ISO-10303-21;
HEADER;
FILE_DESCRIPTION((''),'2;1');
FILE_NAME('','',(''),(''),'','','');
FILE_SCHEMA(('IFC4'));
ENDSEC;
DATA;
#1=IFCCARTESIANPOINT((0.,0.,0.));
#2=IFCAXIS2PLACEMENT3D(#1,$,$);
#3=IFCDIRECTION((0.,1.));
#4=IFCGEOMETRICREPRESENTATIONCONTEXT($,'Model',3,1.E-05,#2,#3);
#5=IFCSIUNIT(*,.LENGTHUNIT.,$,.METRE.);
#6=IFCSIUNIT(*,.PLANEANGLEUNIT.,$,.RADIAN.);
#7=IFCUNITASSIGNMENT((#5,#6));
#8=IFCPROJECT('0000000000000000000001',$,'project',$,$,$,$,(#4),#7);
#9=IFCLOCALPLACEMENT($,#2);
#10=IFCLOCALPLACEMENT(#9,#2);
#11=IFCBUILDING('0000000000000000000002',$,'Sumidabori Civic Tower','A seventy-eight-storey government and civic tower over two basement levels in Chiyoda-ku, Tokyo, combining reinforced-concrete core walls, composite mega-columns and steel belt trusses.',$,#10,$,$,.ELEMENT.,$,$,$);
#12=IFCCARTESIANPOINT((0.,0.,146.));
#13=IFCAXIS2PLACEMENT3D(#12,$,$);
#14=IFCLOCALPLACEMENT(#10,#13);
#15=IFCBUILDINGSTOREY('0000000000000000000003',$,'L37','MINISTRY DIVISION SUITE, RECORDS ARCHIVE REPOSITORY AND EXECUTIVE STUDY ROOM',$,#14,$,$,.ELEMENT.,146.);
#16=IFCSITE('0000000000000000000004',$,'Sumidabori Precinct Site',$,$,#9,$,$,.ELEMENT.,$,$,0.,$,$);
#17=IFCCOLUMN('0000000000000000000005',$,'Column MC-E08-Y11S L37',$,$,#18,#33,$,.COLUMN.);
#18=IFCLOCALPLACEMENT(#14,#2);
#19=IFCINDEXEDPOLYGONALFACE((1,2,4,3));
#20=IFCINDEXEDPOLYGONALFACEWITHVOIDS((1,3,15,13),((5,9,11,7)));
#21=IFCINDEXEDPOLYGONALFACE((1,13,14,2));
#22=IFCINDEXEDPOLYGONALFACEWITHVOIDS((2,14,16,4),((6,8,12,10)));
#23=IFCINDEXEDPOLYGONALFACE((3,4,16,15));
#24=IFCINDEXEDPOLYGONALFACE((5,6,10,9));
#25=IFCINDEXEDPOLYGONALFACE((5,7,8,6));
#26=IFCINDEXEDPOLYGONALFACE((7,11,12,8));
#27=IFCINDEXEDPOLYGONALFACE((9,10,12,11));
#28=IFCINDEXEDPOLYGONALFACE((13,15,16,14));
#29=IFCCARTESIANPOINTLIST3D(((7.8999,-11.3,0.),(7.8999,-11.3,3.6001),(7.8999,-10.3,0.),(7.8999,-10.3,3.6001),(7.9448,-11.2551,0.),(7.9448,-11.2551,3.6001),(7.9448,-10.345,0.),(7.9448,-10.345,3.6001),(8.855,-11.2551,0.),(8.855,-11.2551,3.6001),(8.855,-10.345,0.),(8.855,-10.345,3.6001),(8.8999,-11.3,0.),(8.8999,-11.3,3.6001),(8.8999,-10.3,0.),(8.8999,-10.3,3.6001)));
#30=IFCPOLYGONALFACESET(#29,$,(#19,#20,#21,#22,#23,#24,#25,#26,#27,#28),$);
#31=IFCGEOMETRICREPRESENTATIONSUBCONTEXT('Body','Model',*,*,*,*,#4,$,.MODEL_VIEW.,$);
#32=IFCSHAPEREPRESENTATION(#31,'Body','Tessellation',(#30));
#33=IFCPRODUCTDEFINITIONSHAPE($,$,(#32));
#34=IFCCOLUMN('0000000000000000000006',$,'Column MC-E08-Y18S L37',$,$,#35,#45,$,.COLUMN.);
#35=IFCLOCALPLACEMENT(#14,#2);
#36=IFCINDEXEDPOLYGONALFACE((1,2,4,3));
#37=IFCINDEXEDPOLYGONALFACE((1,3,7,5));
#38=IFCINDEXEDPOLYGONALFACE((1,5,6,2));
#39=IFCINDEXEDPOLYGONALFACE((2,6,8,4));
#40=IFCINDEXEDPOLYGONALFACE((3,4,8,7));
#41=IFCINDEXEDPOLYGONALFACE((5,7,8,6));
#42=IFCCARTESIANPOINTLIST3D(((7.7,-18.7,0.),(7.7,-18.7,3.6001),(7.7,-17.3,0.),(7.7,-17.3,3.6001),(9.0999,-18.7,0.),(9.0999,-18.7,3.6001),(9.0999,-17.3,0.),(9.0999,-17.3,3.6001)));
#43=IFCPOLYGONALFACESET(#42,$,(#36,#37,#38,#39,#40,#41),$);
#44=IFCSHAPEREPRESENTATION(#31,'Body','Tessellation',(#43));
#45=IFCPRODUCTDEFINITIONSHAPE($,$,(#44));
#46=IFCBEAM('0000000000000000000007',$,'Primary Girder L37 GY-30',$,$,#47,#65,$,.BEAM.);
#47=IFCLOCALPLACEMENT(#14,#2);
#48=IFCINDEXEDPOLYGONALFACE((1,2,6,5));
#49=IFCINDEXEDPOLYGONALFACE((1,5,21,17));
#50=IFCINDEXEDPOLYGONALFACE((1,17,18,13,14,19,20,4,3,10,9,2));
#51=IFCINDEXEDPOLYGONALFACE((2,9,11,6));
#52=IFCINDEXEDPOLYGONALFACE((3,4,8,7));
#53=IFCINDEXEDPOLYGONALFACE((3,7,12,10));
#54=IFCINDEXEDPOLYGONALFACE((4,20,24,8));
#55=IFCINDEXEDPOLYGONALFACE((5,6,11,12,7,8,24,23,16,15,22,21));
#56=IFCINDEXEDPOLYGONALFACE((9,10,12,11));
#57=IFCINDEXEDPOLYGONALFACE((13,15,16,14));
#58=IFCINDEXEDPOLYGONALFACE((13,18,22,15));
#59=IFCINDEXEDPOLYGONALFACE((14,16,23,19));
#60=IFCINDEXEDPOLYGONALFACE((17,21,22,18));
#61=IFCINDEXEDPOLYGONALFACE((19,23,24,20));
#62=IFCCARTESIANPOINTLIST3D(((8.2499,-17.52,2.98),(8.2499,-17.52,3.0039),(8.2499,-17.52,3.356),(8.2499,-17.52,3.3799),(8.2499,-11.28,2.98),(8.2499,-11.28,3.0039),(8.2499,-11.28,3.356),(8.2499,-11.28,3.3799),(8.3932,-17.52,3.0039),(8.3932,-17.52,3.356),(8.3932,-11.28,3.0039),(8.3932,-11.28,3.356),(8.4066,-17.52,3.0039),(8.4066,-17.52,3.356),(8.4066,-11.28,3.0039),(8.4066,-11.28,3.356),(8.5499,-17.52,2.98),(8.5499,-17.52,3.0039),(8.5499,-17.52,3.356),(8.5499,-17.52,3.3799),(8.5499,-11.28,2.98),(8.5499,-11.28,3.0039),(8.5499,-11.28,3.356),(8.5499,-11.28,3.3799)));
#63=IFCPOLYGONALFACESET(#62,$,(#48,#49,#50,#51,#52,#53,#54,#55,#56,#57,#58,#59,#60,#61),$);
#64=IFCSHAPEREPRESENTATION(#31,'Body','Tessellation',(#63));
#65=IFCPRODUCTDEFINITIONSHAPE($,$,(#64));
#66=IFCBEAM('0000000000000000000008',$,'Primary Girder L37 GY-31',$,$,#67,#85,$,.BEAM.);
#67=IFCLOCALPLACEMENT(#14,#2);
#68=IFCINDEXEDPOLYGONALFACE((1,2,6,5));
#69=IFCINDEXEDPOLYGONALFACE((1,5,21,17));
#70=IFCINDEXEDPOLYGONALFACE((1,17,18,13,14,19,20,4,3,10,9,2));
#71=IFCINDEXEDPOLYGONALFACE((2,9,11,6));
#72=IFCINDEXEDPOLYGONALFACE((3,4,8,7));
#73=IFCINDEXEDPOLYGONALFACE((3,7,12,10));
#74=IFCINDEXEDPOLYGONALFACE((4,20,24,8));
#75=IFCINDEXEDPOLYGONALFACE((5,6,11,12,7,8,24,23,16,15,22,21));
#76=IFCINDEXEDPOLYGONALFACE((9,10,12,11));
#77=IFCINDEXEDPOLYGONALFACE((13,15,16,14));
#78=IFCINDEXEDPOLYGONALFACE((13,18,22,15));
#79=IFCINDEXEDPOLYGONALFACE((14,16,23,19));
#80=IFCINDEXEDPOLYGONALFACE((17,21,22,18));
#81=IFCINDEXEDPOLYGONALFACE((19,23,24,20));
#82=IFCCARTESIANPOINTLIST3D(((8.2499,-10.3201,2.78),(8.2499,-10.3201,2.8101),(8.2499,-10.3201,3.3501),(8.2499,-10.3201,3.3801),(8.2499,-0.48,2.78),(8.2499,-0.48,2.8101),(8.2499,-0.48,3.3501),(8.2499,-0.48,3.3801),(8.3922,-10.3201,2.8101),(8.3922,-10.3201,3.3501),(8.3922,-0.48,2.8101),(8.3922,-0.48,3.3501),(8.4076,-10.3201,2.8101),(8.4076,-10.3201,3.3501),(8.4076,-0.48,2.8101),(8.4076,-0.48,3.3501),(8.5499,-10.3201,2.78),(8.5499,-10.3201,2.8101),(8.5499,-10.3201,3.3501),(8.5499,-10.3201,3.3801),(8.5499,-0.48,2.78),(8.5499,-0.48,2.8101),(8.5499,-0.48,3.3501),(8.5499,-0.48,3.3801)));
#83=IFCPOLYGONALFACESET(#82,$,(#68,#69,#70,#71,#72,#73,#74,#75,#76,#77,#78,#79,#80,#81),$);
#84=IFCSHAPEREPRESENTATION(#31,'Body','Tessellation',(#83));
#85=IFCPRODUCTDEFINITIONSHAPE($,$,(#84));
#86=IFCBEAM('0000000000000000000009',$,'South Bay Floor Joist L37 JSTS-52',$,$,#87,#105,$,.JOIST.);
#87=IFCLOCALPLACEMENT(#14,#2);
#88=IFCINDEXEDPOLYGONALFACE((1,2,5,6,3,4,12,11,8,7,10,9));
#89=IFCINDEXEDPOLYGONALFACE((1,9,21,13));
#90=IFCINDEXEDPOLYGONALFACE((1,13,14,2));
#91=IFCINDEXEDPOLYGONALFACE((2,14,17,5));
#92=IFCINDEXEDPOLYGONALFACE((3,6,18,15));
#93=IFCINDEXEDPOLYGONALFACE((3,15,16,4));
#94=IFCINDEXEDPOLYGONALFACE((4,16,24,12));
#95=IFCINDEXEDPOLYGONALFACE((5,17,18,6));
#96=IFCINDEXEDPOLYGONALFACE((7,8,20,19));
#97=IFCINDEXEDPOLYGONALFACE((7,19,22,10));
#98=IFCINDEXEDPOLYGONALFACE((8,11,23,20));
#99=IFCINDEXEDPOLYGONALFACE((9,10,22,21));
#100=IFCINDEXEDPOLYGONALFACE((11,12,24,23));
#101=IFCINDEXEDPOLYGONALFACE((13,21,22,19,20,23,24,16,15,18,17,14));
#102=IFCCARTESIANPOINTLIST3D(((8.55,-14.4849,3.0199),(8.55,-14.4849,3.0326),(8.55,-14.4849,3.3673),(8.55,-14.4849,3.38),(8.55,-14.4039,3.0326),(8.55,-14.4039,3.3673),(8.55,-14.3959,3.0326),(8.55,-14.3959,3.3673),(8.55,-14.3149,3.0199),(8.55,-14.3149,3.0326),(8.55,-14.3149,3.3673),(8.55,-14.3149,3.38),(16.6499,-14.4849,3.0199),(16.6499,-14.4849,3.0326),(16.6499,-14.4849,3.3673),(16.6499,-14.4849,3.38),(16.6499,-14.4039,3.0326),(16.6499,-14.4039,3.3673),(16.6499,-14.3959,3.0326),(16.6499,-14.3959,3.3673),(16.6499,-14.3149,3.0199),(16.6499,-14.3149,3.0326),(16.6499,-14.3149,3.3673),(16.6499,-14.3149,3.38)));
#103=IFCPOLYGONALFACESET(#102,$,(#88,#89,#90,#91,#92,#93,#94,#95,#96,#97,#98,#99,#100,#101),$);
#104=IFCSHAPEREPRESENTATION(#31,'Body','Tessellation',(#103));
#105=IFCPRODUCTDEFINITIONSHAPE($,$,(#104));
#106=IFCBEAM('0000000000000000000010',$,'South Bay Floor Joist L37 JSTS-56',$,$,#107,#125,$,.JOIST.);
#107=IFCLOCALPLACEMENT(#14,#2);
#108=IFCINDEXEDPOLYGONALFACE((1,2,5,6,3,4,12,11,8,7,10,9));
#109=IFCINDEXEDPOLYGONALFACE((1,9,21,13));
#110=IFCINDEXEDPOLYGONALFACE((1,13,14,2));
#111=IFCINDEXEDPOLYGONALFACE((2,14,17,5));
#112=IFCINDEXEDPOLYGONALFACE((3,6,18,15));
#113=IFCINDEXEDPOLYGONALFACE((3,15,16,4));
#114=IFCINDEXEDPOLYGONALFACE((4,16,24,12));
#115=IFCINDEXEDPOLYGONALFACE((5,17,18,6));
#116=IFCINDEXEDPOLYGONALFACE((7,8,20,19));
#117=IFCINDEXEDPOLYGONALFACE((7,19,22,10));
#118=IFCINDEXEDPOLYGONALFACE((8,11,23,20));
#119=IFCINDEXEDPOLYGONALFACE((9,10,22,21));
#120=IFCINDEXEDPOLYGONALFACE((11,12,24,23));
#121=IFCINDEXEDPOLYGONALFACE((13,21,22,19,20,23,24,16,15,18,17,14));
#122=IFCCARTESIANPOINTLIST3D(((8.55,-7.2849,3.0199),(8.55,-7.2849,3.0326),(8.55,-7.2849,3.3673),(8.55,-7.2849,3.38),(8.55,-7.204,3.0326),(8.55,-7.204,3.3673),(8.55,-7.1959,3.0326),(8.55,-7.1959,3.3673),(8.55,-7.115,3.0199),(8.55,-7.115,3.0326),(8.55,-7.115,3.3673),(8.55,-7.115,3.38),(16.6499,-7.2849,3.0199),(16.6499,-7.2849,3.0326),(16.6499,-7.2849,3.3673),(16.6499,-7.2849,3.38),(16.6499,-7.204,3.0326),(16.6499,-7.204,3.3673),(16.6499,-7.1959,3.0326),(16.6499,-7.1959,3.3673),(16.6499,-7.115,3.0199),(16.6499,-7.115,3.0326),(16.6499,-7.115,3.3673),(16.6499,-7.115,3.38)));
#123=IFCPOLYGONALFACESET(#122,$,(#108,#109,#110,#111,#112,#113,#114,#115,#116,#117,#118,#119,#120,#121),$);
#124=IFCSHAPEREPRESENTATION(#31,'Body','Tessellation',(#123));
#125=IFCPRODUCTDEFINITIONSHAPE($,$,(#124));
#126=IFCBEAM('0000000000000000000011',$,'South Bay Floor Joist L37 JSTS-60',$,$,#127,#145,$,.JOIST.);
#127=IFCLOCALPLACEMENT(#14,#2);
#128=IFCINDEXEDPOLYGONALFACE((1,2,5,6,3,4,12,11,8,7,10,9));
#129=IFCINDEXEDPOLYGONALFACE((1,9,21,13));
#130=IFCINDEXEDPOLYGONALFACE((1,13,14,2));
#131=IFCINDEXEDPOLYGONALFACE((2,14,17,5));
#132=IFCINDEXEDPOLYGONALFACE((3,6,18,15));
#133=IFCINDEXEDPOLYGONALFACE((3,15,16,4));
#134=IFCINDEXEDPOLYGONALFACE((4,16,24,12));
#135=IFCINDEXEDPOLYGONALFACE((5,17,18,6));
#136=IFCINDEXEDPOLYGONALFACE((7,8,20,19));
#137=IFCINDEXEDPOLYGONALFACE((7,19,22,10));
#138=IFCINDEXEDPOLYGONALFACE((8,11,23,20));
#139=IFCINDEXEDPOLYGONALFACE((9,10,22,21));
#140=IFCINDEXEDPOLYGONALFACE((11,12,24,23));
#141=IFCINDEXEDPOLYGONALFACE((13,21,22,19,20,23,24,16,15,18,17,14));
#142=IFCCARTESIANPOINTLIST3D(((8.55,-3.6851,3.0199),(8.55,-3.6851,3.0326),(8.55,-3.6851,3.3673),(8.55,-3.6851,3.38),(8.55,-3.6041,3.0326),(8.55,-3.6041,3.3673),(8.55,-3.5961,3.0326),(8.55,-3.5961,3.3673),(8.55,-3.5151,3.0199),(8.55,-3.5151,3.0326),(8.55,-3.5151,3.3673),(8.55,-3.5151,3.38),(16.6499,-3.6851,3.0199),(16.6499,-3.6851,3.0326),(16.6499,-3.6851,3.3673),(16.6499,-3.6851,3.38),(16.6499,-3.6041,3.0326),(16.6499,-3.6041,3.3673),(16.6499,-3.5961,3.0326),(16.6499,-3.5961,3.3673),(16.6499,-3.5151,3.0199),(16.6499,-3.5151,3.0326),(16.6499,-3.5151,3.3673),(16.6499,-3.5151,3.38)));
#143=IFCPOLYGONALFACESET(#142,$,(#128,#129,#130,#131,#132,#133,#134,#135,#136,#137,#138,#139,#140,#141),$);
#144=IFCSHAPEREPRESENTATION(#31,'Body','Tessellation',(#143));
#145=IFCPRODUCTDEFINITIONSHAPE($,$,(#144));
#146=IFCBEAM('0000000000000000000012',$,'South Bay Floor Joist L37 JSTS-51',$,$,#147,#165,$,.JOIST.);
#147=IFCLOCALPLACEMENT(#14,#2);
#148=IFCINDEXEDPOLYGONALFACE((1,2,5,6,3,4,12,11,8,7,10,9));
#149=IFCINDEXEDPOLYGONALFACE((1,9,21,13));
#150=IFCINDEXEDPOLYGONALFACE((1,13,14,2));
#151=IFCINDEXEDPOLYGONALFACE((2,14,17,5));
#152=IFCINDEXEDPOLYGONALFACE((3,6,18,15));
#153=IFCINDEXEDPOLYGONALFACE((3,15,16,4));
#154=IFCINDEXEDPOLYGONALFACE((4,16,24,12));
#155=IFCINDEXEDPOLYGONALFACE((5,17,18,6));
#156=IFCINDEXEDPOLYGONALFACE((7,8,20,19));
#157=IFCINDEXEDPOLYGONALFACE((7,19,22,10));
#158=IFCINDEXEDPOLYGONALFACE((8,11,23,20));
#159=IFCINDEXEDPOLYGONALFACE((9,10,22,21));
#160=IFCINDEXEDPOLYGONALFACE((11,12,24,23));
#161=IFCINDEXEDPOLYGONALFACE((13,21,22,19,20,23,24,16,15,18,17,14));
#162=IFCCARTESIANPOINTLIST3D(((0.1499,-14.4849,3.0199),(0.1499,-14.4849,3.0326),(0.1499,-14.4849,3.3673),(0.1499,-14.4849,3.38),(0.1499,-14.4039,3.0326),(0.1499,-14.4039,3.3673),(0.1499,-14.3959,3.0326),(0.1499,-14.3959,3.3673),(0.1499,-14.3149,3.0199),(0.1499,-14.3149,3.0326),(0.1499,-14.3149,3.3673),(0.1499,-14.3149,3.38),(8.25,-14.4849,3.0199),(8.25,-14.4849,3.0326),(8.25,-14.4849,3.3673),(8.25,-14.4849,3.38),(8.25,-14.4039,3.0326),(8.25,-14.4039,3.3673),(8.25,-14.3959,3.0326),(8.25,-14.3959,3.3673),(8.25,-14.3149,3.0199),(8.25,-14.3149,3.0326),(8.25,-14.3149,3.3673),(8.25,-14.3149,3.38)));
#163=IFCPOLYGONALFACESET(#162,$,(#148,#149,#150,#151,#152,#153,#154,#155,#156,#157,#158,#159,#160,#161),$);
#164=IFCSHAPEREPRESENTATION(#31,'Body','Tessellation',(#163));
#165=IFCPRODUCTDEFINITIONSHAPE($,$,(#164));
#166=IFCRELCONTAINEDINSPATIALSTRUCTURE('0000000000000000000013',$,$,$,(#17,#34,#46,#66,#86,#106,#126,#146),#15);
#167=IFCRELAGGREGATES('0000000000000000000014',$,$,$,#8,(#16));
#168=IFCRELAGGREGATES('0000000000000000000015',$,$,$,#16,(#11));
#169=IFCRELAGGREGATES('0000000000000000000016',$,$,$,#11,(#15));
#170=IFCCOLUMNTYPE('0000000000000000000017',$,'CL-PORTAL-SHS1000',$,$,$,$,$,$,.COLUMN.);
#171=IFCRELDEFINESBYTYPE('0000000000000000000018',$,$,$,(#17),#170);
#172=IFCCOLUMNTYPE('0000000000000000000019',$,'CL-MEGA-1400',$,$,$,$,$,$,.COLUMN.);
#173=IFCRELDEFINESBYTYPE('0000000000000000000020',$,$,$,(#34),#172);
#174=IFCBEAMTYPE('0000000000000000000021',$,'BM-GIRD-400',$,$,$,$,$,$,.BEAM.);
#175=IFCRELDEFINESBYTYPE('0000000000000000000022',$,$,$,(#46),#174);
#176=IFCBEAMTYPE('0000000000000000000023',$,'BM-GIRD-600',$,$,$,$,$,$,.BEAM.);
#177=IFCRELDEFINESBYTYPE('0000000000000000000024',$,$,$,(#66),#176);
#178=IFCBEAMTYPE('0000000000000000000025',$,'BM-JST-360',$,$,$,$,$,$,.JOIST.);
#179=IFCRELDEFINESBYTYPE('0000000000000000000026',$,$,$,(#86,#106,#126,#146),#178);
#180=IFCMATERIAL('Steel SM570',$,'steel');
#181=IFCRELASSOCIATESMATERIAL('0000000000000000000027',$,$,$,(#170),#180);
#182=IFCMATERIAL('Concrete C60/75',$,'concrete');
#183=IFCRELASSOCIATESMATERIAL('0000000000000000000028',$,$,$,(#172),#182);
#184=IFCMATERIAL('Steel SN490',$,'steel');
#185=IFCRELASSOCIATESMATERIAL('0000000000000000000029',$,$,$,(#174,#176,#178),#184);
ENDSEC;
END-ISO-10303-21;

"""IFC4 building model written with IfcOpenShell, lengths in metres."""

from ifc_helpers import new_model, si_unit, direction, frame, origin, origin_2d, place, context, subcontext, project, spatial, rectangle, hollow_rectangle, i_section, extrude, source, transform, mapped, material, material_profile, profile_set, type_object, element, save


model = new_model("IFC4")

# Units and contexts
model_context = context("Model", 3, precision=1e-05, world=origin(), true_north=direction((0.0, 1.0)))
body_context = subcontext(model_context, "Body", "Model", "MODEL_VIEW")
ifc_project = project(units=[si_unit("LENGTHUNIT", "METRE"), si_unit("PLANEANGLEUNIT", "RADIAN")], contexts=[model_context])

# Site, building, storey
site_placement = place(None, origin())
site = spatial("IfcSite", under=ifc_project, at=site_placement, Name="Sumidabori Precinct Site", CompositionType="ELEMENT", RefElevation=0.0)
building_placement = place(site_placement, origin())
building = spatial("IfcBuilding", under=site, at=building_placement, Name="Sumidabori Civic Tower", Description="A seventy-eight-storey government and civic tower over two basement levels in Chiyoda-ku, Tokyo, combining reinforced-concrete core walls, composite mega-columns and steel belt trusses.", CompositionType="ELEMENT")
storey_placement = place(building_placement, frame((0.0, 0.0, 146.0)))
storey = spatial("IfcBuildingStorey", under=building, at=storey_placement, Name="L37", Description="MINISTRY DIVISION SUITE, RECORDS ARCHIVE REPOSITORY AND EXECUTIVE STUDY ROOM", CompositionType="ELEMENT", Elevation=146.0)

# Columns
ifc_material_1 = material(Name="Steel SM570", Category="steel")
ifc_material_profile_1 = material_profile(ifc_material_1, hollow_rectangle(XDim=1.0, YDim=1.0, WallThickness=0.0449, at=origin_2d()), Name="SHS 1000x1000x45")
ifc_profile_set_1 = profile_set([ifc_material_profile_1], Name="Steel SM570")
column_type_1 = type_object("IfcColumnType", Name="CL-PORTAL-SHS1000", PredefinedType="COLUMN", material=ifc_profile_set_1)
shared_shape_1 = source(origin(), body_context, "Body", "SweptSolid", [
    extrude(hollow_rectangle(XDim=1.0, YDim=1.0, WallThickness=0.0449, at=origin_2d()), origin(), (0.0, 0.0, 1.0), 3.6001),
])
column_1_placement = place(storey_placement, frame((8.3999, -10.8, 0.0), z_axis=(0.0, 0.0, 1.0), x_axis=(1.0, 0.0, 0.0)))
element("IfcColumn", 1, at=column_1_placement, inside=storey, type_object=column_type_1, Name="Column MC-E08-Y11S L37", PredefinedType="COLUMN", context=body_context, shape_type="MappedRepresentation", body=[
    mapped(shared_shape_1, transform((0.0, 0.0, 0.0), x_axis=(1.0, 0.0, 0.0), y_axis=(0.0, 1.0, 0.0), z_axis=(0.0, 0.0, 1.0), scale=1.0)),
])
ifc_material_2 = material(Name="Concrete C60/75", Category="concrete")
ifc_material_profile_2 = material_profile(ifc_material_2, rectangle(XDim=1.3999, YDim=1.3999, at=origin_2d()), Name="RC 1400x1400")
ifc_profile_set_2 = profile_set([ifc_material_profile_2], Name="Concrete C60/75")
column_type_2 = type_object("IfcColumnType", Name="CL-MEGA-1400", PredefinedType="COLUMN", material=ifc_profile_set_2)
shared_shape_2 = source(origin(), body_context, "Body", "SweptSolid", [
    extrude(rectangle(XDim=1.3999, YDim=1.3999, at=origin_2d()), origin(), (0.0, 0.0, 1.0), 3.6001),
])
column_2_placement = place(storey_placement, frame((8.3999, -18.0, 0.0), z_axis=(0.0, 0.0, 1.0), x_axis=(1.0, 0.0, 0.0)))
element("IfcColumn", 2, at=column_2_placement, inside=storey, type_object=column_type_2, Name="Column MC-E08-Y18S L37", PredefinedType="COLUMN", context=body_context, shape_type="MappedRepresentation", body=[
    mapped(shared_shape_2, transform((0.0, 0.0, 0.0), x_axis=(1.0, 0.0, 0.0), y_axis=(0.0, 1.0, 0.0), z_axis=(0.0, 0.0, 1.0), scale=1.0)),
])

# Beams
ifc_material_3 = material(Name="Steel SN490", Category="steel")
ifc_material_profile_3 = material_profile(ifc_material_3, i_section(OverallWidth=0.3, OverallDepth=0.3999, WebThickness=0.0134, FlangeThickness=0.0239, at=origin_2d()), Name="HE 400 B")
ifc_profile_set_3 = profile_set([ifc_material_profile_3], Name="Steel SN490")
beam_type_1 = type_object("IfcBeamType", Name="BM-GIRD-400", PredefinedType="BEAM", material=ifc_profile_set_3)
shared_shape_3 = source(origin(), body_context, "Body", "SweptSolid", [
    extrude(i_section(OverallWidth=0.3, OverallDepth=0.3999, WebThickness=0.0134, FlangeThickness=0.0239, at=origin_2d()), origin(), (0.0, 0.0, 1.0), 6.24),
])
beam_1_placement = place(storey_placement, frame((8.3999, -17.52, 3.1799), z_axis=(0.0, 1.0, 0.0), x_axis=(-1.0, 0.0, 0.0)))
element("IfcBeam", 3, at=beam_1_placement, inside=storey, type_object=beam_type_1, Name="Primary Girder L37 GY-30", PredefinedType="BEAM", context=body_context, shape_type="MappedRepresentation", body=[
    mapped(shared_shape_3, transform((0.0, 0.0, 0.0), x_axis=(1.0, 0.0, 0.0), y_axis=(0.0, 1.0, 0.0), z_axis=(0.0, 0.0, 1.0), scale=1.0)),
])
ifc_material_profile_4 = material_profile(ifc_material_3, i_section(OverallWidth=0.3, OverallDepth=0.6001, WebThickness=0.0154, FlangeThickness=0.03, at=origin_2d()), Name="HE 600 B")
ifc_profile_set_4 = profile_set([ifc_material_profile_4], Name="Steel SN490")
beam_type_2 = type_object("IfcBeamType", Name="BM-GIRD-600", PredefinedType="BEAM", material=ifc_profile_set_4)
shared_shape_4 = source(origin(), body_context, "Body", "SweptSolid", [
    extrude(i_section(OverallWidth=0.3, OverallDepth=0.6001, WebThickness=0.0154, FlangeThickness=0.03, at=origin_2d()), origin(), (0.0, 0.0, 1.0), 9.8401),
])
beam_2_placement = place(storey_placement, frame((8.3999, -10.3201, 3.0801), z_axis=(0.0, 1.0, 0.0), x_axis=(-1.0, 0.0, 0.0)))
element("IfcBeam", 4, at=beam_2_placement, inside=storey, type_object=beam_type_2, Name="Primary Girder L37 GY-31", PredefinedType="BEAM", context=body_context, shape_type="MappedRepresentation", body=[
    mapped(shared_shape_4, transform((0.0, 0.0, 0.0), x_axis=(1.0, 0.0, 0.0), y_axis=(0.0, 1.0, 0.0), z_axis=(0.0, 0.0, 1.0), scale=1.0)),
])
ifc_material_profile_5 = material_profile(ifc_material_3, i_section(OverallWidth=0.1699, OverallDepth=0.3601, WebThickness=0.0081, FlangeThickness=0.0127, at=origin_2d()), Name="IPE 360")
ifc_profile_set_5 = profile_set([ifc_material_profile_5], Name="Steel SN490")
beam_type_3 = type_object("IfcBeamType", Name="BM-JST-360", PredefinedType="JOIST", material=ifc_profile_set_5)
shared_shape_5 = source(origin(), body_context, "Body", "SweptSolid", [
    extrude(i_section(OverallWidth=0.1699, OverallDepth=0.3601, WebThickness=0.0081, FlangeThickness=0.0127, at=origin_2d()), origin(), (0.0, 0.0, 1.0), 8.0999),
])
for number, where, z_axis, x_axis, name in (
    (5, (8.55, -14.3999, 3.2), (1.0, 0.0, 0.0), (0.0, 1.0, 0.0), "South Bay Floor Joist L37 JSTS-52"),
    (6, (8.55, -7.2, 3.2), (1.0, 0.0, 0.0), (0.0, 1.0, 0.0), "South Bay Floor Joist L37 JSTS-56"),
    (7, (8.55, -3.6001, 3.2), (1.0, 0.0, 0.0), (0.0, 1.0, 0.0), "South Bay Floor Joist L37 JSTS-60"),
):
    element("IfcBeam", number, at=place(storey_placement, frame(where, z_axis=z_axis, x_axis=x_axis)), inside=storey, type_object=beam_type_3, Name=name, PredefinedType="JOIST", context=body_context, shape_type="MappedRepresentation", body=[
        mapped(shared_shape_5, transform((0.0, 0.0, 0.0), x_axis=(1.0, 0.0, 0.0), y_axis=(0.0, 1.0, 0.0), z_axis=(0.0, 0.0, 1.0), scale=1.0)),
    ])
shared_shape_6 = source(origin(), body_context, "Body", "SweptSolid", [
    extrude(i_section(OverallWidth=0.1699, OverallDepth=0.3601, WebThickness=0.0081, FlangeThickness=0.0127, at=origin_2d()), origin(), (0.0, 0.0, 1.0), 8.1001),
])
for number, where, z_axis, x_axis, name in (
    (8, (0.1499, -14.3999, 3.2), (1.0, 0.0, 0.0), (0.0, 1.0, 0.0), "South Bay Floor Joist L37 JSTS-51"),
):
    element("IfcBeam", number, at=place(storey_placement, frame(where, z_axis=z_axis, x_axis=x_axis)), inside=storey, type_object=beam_type_3, Name=name, PredefinedType="JOIST", context=body_context, shape_type="MappedRepresentation", body=[
        mapped(shared_shape_6, transform((0.0, 0.0, 0.0), x_axis=(1.0, 0.0, 0.0), y_axis=(0.0, 1.0, 0.0), z_axis=(0.0, 0.0, 1.0), scale=1.0)),
    ])

save(model, "model.ifc")
